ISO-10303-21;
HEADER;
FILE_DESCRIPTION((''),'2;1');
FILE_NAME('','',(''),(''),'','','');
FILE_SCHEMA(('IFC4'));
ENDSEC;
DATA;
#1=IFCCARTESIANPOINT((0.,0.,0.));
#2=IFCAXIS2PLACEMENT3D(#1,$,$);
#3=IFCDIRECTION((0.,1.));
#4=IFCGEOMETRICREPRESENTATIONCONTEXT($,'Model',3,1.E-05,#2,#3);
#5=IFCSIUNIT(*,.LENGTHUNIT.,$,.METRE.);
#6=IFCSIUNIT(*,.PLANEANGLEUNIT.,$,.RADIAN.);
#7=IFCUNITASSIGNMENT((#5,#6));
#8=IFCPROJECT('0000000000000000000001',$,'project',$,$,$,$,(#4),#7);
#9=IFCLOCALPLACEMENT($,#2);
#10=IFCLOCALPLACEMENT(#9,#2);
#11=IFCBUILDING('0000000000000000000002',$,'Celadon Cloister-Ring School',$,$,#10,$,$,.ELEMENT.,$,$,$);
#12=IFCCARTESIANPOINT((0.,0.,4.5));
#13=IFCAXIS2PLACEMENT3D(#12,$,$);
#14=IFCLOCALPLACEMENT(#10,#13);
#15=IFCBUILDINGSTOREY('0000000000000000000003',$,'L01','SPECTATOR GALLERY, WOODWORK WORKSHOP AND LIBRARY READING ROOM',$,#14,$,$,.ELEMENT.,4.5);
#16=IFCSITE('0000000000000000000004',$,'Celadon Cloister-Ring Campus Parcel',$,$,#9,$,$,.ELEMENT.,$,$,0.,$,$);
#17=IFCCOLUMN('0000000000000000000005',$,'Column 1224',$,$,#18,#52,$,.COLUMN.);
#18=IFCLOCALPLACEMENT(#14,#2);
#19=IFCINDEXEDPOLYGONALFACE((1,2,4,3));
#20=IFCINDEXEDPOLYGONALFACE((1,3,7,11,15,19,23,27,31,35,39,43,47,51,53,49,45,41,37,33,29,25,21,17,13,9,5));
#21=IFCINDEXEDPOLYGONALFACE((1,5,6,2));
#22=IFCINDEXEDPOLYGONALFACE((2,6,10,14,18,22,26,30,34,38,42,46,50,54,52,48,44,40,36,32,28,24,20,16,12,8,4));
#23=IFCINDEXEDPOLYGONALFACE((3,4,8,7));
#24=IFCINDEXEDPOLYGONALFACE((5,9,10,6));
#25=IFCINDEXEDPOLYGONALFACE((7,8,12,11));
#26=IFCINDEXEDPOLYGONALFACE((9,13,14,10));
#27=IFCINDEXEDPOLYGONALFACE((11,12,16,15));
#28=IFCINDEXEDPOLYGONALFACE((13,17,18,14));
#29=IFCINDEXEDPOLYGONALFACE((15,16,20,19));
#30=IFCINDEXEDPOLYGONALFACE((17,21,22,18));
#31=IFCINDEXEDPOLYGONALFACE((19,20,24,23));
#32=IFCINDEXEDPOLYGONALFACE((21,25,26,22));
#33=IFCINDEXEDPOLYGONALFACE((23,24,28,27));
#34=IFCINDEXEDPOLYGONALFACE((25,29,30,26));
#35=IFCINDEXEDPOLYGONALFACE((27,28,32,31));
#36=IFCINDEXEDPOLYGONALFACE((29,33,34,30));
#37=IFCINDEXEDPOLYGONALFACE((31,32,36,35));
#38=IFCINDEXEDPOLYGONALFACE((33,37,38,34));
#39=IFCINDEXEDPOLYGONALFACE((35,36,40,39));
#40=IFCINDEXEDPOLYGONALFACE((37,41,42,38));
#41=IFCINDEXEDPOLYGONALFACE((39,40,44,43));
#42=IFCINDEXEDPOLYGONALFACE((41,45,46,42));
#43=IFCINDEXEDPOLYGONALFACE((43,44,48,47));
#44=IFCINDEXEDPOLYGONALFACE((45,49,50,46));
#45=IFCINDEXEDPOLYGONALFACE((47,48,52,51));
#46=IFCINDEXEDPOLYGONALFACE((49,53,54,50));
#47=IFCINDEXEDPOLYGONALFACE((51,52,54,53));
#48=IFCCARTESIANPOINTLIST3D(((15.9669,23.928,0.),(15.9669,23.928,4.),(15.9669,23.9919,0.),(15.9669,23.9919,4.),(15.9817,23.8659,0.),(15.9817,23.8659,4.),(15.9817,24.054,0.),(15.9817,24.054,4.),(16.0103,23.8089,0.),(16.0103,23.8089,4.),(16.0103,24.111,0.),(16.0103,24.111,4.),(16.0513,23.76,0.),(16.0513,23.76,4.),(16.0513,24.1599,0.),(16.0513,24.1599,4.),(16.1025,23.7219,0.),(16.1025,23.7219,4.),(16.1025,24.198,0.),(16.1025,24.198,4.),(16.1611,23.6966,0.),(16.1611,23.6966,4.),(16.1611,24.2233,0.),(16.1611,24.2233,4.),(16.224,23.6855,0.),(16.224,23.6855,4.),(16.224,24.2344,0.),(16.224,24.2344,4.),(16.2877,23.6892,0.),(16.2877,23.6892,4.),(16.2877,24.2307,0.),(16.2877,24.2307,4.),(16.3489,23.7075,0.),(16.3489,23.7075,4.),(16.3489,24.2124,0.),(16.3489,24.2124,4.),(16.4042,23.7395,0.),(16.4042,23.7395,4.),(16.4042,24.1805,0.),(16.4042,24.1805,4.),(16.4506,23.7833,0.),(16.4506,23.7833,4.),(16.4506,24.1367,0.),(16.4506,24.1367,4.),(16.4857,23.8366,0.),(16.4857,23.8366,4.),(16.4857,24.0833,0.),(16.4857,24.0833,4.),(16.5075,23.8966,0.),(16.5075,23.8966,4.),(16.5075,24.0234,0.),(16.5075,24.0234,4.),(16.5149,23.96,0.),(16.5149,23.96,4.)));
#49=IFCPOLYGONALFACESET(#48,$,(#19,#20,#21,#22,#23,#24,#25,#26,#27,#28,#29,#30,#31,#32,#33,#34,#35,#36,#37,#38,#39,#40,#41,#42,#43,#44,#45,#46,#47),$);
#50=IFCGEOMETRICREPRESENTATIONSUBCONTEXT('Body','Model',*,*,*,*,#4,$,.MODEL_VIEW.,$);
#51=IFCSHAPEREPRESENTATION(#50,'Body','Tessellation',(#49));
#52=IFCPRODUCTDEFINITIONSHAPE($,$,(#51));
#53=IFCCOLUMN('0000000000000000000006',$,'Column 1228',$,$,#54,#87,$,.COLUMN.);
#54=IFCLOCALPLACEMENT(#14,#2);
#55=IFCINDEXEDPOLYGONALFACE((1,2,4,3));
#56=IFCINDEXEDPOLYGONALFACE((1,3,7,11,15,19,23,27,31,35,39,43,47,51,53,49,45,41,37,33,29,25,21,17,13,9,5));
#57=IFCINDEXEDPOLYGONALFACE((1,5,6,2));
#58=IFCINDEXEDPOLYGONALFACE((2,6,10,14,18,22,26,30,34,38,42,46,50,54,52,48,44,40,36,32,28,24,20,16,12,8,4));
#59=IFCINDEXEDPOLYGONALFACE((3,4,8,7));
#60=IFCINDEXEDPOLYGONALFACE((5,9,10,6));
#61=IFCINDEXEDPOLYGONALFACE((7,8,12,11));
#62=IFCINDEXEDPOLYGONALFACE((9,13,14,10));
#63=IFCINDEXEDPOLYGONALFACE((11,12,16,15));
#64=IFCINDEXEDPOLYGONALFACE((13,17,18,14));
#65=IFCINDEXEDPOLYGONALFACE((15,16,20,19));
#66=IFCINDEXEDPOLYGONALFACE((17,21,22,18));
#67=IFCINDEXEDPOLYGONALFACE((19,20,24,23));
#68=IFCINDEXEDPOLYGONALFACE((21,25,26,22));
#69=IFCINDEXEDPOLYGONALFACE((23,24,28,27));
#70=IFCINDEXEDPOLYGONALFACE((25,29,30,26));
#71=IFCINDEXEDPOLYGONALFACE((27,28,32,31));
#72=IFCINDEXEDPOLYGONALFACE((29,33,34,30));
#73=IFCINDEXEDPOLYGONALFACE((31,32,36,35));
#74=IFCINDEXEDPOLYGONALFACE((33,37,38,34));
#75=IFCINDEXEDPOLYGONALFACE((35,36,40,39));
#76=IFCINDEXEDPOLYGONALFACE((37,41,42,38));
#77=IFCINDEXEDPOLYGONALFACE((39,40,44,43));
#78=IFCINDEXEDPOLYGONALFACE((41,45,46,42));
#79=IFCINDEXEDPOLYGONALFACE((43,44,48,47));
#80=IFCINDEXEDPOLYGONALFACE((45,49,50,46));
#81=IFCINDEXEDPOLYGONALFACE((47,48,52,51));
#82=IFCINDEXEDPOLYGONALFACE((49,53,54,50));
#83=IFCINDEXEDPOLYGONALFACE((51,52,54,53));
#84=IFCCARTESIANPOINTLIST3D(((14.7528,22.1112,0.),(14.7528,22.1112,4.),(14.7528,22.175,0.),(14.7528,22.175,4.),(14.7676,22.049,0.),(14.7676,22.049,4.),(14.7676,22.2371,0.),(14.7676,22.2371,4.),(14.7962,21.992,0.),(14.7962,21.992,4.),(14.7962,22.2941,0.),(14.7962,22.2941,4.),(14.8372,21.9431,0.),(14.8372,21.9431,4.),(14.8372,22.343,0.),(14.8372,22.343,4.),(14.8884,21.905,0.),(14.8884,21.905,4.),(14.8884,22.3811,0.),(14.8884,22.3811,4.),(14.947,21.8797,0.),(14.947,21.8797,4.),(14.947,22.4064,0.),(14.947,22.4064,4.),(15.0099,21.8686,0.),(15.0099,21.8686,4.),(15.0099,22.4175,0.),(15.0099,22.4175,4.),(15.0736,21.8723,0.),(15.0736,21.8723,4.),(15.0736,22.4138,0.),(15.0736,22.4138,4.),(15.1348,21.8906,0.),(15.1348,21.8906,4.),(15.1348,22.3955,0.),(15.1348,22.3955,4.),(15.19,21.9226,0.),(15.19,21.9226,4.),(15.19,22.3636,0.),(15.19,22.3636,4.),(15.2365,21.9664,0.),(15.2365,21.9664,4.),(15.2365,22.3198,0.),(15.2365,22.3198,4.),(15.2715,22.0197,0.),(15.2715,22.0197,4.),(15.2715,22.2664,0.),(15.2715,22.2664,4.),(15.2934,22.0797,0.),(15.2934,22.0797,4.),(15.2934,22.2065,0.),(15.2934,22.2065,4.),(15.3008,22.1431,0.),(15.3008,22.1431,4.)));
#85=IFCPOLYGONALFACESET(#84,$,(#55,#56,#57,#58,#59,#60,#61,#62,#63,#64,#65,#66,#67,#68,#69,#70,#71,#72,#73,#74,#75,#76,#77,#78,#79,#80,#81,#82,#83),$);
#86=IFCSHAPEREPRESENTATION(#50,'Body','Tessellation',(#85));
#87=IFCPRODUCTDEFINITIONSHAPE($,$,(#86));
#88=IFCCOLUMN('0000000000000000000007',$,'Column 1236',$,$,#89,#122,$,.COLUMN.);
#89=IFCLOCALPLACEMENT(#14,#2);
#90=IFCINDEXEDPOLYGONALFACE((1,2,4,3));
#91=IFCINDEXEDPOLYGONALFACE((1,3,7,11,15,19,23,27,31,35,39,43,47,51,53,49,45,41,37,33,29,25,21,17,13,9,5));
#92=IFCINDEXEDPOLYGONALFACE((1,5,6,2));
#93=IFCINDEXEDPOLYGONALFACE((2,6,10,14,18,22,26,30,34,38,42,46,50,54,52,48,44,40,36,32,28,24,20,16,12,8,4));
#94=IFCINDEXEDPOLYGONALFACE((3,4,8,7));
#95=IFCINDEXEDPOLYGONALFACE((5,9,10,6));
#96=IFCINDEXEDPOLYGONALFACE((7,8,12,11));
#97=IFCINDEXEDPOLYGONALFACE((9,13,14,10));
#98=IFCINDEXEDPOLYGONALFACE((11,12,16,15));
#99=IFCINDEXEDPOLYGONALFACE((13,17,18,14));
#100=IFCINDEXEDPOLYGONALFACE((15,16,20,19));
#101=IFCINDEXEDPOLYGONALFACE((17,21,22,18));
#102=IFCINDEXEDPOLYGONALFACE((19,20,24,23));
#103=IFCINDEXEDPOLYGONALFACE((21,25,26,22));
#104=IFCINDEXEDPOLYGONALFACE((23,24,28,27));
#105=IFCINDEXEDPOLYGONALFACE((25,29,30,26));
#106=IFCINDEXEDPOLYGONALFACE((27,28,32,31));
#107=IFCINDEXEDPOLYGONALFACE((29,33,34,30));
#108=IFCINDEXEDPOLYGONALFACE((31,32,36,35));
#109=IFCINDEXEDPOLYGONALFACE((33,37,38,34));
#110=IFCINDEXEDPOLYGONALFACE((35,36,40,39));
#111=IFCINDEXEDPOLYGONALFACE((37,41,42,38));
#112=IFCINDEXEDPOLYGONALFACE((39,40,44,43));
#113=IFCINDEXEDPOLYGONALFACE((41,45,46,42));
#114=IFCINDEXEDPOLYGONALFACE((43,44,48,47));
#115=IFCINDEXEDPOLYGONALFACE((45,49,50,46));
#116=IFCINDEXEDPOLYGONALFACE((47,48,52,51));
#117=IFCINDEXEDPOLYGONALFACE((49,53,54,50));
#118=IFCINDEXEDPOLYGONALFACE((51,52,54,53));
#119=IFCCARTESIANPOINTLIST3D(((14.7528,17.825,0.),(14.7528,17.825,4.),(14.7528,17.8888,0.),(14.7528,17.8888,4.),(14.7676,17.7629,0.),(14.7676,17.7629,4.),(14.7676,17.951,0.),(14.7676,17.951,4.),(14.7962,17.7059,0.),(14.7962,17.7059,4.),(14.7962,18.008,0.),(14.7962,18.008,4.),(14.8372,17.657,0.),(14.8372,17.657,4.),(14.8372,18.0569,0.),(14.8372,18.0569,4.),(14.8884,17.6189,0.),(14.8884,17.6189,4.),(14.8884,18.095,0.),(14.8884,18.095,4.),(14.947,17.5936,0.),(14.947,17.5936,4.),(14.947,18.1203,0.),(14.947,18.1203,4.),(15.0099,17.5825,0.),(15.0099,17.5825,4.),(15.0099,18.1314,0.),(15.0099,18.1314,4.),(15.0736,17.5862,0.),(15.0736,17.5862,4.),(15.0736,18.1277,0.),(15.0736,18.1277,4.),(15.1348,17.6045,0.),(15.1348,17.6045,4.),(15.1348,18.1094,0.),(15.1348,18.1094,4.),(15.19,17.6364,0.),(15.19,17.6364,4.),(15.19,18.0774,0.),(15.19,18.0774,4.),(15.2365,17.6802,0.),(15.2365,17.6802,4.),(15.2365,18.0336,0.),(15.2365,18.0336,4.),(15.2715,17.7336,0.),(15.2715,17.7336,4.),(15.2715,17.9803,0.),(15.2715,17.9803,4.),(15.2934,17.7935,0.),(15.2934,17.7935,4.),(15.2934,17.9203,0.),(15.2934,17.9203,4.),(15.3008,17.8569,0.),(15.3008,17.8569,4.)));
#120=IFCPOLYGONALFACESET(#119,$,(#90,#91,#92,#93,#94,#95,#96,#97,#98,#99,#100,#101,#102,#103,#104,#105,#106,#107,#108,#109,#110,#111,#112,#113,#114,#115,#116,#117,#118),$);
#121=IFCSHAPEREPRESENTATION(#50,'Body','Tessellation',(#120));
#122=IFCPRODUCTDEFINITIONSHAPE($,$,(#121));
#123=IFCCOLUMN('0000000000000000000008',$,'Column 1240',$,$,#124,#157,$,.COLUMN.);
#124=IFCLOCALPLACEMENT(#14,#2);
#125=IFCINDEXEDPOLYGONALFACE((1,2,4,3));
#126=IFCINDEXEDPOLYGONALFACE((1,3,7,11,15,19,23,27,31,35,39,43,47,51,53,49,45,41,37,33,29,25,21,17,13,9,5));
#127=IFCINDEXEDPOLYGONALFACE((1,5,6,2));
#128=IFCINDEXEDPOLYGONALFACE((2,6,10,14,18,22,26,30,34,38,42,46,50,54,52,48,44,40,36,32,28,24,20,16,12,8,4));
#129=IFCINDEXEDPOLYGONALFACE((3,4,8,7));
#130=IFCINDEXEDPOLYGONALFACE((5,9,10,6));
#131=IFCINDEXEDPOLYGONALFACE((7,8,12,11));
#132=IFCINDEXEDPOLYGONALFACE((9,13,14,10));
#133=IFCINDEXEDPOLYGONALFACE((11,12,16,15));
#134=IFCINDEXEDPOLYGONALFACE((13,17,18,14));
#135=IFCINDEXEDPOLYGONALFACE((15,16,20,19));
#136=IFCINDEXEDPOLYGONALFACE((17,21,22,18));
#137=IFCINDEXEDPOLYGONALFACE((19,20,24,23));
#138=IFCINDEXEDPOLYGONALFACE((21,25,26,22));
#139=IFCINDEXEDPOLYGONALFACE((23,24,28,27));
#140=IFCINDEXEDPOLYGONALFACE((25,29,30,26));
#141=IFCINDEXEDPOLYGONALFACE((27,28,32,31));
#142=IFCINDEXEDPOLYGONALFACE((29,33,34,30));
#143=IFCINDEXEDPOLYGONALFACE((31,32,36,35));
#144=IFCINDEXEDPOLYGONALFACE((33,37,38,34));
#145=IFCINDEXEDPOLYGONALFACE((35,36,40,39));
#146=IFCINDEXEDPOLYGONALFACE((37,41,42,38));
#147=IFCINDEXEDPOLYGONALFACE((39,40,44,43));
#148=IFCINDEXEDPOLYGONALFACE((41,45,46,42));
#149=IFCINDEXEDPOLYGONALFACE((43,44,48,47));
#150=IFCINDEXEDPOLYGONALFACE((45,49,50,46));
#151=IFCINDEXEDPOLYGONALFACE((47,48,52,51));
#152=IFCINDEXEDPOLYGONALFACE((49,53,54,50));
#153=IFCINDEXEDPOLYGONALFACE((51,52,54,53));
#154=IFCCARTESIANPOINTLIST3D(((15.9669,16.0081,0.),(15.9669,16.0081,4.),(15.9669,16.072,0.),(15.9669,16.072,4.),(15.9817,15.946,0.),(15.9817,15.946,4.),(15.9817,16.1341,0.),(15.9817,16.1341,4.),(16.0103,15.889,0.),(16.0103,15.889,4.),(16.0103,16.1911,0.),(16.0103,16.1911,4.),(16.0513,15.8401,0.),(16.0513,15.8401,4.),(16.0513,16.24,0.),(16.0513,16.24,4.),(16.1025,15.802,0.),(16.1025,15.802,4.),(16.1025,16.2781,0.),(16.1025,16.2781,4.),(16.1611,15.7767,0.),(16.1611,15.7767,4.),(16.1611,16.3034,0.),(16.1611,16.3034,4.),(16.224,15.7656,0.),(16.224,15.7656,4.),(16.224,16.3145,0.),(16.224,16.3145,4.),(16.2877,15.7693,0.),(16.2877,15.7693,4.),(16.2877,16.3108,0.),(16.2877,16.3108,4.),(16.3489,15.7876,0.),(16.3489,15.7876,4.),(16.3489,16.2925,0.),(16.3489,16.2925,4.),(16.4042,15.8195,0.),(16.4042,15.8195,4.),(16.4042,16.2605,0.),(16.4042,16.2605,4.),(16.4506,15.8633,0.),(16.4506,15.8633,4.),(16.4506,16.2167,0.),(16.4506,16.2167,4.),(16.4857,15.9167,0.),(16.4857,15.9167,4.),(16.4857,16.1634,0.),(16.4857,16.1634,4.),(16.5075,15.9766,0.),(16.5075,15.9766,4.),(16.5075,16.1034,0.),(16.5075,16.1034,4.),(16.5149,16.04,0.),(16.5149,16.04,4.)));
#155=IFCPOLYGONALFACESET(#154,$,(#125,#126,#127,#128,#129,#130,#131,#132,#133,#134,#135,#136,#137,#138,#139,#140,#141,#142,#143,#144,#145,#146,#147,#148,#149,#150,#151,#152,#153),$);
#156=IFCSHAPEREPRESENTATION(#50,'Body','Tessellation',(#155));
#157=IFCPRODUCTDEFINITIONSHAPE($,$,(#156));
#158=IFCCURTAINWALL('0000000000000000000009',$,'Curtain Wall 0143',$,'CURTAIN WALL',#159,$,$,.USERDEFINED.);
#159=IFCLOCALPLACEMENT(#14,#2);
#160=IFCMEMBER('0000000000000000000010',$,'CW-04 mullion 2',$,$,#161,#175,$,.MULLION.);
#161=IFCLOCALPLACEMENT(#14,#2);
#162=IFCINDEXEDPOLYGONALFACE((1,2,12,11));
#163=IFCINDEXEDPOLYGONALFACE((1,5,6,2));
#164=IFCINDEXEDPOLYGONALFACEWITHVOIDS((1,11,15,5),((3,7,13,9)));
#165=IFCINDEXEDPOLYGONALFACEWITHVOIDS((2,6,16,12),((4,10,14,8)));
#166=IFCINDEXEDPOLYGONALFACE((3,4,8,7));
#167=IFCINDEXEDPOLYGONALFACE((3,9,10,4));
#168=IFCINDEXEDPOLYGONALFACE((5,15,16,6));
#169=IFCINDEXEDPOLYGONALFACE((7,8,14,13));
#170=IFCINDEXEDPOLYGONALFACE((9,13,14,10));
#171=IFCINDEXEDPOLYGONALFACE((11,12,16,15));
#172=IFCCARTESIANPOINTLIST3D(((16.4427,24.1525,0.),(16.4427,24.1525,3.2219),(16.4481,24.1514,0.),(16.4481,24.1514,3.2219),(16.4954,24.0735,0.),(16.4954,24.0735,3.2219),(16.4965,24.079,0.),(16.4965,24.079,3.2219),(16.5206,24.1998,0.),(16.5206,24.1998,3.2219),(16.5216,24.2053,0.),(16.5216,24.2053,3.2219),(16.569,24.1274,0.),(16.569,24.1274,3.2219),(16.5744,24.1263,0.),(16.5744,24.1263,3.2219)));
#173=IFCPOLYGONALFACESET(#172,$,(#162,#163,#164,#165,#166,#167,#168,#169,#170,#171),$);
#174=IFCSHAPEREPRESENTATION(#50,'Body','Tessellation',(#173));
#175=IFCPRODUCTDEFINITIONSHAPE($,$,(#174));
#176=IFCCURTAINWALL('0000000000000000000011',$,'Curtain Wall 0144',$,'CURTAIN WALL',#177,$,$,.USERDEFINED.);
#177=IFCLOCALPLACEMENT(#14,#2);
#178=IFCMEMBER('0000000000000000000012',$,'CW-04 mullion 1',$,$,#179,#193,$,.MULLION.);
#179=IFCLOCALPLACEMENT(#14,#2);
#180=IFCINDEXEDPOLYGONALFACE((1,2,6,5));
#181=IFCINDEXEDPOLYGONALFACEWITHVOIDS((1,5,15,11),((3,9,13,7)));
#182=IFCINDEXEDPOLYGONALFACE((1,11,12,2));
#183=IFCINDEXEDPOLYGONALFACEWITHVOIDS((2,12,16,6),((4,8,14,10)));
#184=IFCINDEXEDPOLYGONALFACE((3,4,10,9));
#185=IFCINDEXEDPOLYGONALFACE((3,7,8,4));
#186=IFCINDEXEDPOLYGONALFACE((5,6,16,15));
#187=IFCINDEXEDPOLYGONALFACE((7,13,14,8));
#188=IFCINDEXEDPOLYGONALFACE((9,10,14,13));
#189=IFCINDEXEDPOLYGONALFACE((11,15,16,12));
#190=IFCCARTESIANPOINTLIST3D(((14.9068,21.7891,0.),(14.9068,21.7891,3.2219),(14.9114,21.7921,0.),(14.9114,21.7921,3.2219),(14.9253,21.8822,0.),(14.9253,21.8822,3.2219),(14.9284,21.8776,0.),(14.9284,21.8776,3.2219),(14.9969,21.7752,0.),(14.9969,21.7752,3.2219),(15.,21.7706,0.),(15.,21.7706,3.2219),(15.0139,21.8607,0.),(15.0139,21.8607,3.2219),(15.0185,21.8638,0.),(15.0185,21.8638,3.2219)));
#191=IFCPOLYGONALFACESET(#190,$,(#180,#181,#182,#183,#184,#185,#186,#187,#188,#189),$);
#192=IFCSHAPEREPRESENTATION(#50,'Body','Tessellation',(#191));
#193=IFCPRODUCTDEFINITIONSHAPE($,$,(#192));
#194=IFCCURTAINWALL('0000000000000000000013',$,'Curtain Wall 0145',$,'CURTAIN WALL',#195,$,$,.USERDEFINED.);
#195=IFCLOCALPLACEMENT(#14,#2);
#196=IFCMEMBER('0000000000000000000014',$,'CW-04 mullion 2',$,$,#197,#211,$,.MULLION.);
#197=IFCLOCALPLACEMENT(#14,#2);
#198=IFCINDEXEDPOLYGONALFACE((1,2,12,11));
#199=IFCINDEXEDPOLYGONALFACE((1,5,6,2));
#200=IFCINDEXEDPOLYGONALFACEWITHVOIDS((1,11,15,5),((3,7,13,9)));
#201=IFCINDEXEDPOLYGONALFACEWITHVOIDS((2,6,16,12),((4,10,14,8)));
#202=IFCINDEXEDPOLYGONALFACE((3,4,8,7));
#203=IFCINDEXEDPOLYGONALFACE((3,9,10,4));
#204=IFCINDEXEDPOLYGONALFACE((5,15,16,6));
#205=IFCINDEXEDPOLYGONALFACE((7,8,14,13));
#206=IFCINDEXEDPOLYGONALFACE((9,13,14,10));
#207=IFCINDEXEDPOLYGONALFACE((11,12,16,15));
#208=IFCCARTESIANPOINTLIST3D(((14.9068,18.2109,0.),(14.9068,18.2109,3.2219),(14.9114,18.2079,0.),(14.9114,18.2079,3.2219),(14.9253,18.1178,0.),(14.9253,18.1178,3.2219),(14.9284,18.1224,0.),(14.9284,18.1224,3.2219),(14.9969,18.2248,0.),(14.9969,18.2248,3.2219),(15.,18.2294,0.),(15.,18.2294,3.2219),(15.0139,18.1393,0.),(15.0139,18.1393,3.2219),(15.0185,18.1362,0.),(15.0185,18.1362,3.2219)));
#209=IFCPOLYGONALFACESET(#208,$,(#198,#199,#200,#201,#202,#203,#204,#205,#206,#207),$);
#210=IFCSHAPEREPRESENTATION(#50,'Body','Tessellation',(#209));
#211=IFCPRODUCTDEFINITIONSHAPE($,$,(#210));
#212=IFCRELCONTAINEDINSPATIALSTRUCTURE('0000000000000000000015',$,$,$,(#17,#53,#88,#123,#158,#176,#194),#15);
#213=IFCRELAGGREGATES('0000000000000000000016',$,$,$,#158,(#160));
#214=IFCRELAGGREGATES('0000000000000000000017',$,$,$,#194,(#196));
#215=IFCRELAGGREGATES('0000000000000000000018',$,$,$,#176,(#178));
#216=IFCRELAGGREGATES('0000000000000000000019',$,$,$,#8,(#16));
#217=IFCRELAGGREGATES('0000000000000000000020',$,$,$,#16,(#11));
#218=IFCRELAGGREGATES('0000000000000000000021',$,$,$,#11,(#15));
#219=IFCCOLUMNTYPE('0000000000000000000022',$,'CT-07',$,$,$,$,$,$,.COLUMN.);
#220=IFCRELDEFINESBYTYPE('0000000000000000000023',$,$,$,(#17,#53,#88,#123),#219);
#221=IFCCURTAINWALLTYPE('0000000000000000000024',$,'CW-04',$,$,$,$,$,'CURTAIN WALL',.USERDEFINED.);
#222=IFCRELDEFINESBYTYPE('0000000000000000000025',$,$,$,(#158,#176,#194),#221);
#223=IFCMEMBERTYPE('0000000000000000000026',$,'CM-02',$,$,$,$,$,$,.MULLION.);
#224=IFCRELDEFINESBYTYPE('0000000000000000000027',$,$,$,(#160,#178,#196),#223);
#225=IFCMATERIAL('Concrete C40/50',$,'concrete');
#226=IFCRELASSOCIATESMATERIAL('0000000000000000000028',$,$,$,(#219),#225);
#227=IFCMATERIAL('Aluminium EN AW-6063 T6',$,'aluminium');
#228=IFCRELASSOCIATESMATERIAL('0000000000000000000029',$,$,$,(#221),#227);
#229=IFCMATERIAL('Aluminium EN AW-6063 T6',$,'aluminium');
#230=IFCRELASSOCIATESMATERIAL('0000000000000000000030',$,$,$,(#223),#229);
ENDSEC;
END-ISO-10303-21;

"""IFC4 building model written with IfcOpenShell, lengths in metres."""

from ifc_helpers import new_model, si_unit, direction, frame, origin, origin_2d, place, context, subcontext, project, spatial, hollow_rectangle, circle, extrude, material, material_profile, profile_set, type_object, element, aggregate, save


model = new_model("IFC4")

# Units and contexts
model_context = context("Model", 3, precision=1e-05, world=origin(), true_north=direction((0.0, 1.0)))
body_context = subcontext(model_context, "Body", "Model", "MODEL_VIEW")
ifc_project = project(units=[si_unit("LENGTHUNIT", "METRE"), si_unit("PLANEANGLEUNIT", "RADIAN")], contexts=[model_context])

# Site, building, storey
site_placement = place(None, origin())
site = spatial("IfcSite", under=ifc_project, at=site_placement, Name="Celadon Cloister-Ring Campus Parcel", CompositionType="ELEMENT", RefElevation=0.0)
building_placement = place(site_placement, origin())
building = spatial("IfcBuilding", under=site, at=building_placement, Name="Celadon Cloister-Ring School", CompositionType="ELEMENT")
storey_placement = place(building_placement, frame((0.0, 0.0, 4.5)))
storey = spatial("IfcBuildingStorey", under=building, at=storey_placement, Name="L01", Description="SPECTATOR GALLERY, WOODWORK WORKSHOP AND LIBRARY READING ROOM", CompositionType="ELEMENT", Elevation=4.5)

# Columns
ifc_material_1 = material(Name="Concrete C40/50", Category="concrete")
ifc_material_profile_1 = material_profile(ifc_material_1, circle(Radius=0.2749, at=origin_2d()), Name="CIRC550")
ifc_profile_set_1 = profile_set([ifc_material_profile_1], Name="Concrete C40/50")
column_type = type_object("IfcColumnType", Name="CT-07", PredefinedType="COLUMN", material=ifc_profile_set_1)
for number, where, z_axis, x_axis, name in (
    (1, (16.24, 23.96, 0.0), (0.0, 0.0, 1.0), (1.0, 0.0, 0.0), "Column 1224"),
    (2, (15.0259, 22.1431, 0.0), (0.0, 0.0, 1.0), (1.0, 0.0, 0.0), "Column 1228"),
    (3, (15.0259, 17.8569, 0.0), (0.0, 0.0, 1.0), (1.0, 0.0, 0.0), "Column 1236"),
    (4, (16.24, 16.04, 0.0), (0.0, 0.0, 1.0), (1.0, 0.0, 0.0), "Column 1240"),
):
    element("IfcColumn", number, at=place(storey_placement, frame(where, z_axis=z_axis, x_axis=x_axis)), inside=storey, type_object=column_type, Name=name, PredefinedType="COLUMN", context=body_context, shape_type="SweptSolid", body=[
        extrude(circle(Radius=0.2749, at=origin_2d()), origin(), (0.0, 0.0, 1.0), 4.0),
    ])

# Curtain walls, members
ifc_material_2 = material(Name="Aluminium EN AW-6063 T6", Category="aluminium")
curtain_wall_type = type_object("IfcCurtainWallType", Name="CW-04", ElementType="CURTAIN WALL", PredefinedType="USERDEFINED", material=ifc_material_2)
curtain_wall_1_placement = place(storey_placement, origin())
curtain_wall_1 = element("IfcCurtainWall", 5, at=curtain_wall_1_placement, inside=storey, type_object=curtain_wall_type, Name="Curtain Wall 0143", ObjectType="CURTAIN WALL", PredefinedType="USERDEFINED")
ifc_material_3 = material(Name="Aluminium EN AW-6063 T6", Category="aluminium")
ifc_material_profile_2 = material_profile(ifc_material_3, hollow_rectangle(XDim=0.095, YDim=0.095, WallThickness=0.0039, at=origin_2d()), Name="RHS95X95X4")
ifc_profile_set_2 = profile_set([ifc_material_profile_2], Name="Aluminium EN AW-6063 T6")
member_type_1 = type_object("IfcMemberType", Name="CM-02", PredefinedType="MULLION", material=ifc_profile_set_2)
member_1_placement = place(storey_placement, frame((16.5085, 24.1394, 0.0), z_axis=(0.0, 0.0, 1.0), x_axis=(0.555547, -0.831485, 0.0)))
member_1 = element("IfcMember", 6, at=member_1_placement, type_object=member_type_1, Name="CW-04 mullion 2", PredefinedType="MULLION", context=body_context, shape_type="SweptSolid", body=[
    extrude(hollow_rectangle(XDim=0.095, YDim=0.095, WallThickness=0.0039, at=origin_2d()), origin(), (0.0, 0.0, 1.0), 3.2219),
])
aggregate(curtain_wall_1, [member_1])
curtain_wall_2_placement = place(storey_placement, origin())
curtain_wall_2 = element("IfcCurtainWall", 7, at=curtain_wall_2_placement, inside=storey, type_object=curtain_wall_type, Name="Curtain Wall 0144", ObjectType="CURTAIN WALL", PredefinedType="USERDEFINED")
member_2_placement = place(storey_placement, frame((14.9626, 21.8264, 0.0), z_axis=(0.0, 0.0, 1.0), x_axis=(0.980885, -0.194586, 0.0)))
member_2 = element("IfcMember", 8, at=member_2_placement, type_object=member_type_1, Name="CW-04 mullion 1", PredefinedType="MULLION", context=body_context, shape_type="SweptSolid", body=[
    extrude(hollow_rectangle(XDim=0.095, YDim=0.095, WallThickness=0.0039, at=origin_2d()), origin(), (0.0, 0.0, 1.0), 3.2219),
])
curtain_wall_3_placement = place(storey_placement, origin())
curtain_wall_3 = element("IfcCurtainWall", 9, at=curtain_wall_3_placement, inside=storey, type_object=curtain_wall_type, Name="Curtain Wall 0145", ObjectType="CURTAIN WALL", PredefinedType="USERDEFINED")
member_3_placement = place(storey_placement, frame((14.9626, 18.1736, 0.0), z_axis=(0.0, 0.0, 1.0), x_axis=(0.980885, 0.194586, 0.0)))
member_3 = element("IfcMember", 10, at=member_3_placement, type_object=member_type_1, Name="CW-04 mullion 2", PredefinedType="MULLION", context=body_context, shape_type="SweptSolid", body=[
    extrude(hollow_rectangle(XDim=0.095, YDim=0.095, WallThickness=0.0039, at=origin_2d()), origin(), (0.0, 0.0, 1.0), 3.2219),
])
aggregate(curtain_wall_3, [member_3])

aggregate(curtain_wall_2, [member_2])

save(model, "model.ifc")
